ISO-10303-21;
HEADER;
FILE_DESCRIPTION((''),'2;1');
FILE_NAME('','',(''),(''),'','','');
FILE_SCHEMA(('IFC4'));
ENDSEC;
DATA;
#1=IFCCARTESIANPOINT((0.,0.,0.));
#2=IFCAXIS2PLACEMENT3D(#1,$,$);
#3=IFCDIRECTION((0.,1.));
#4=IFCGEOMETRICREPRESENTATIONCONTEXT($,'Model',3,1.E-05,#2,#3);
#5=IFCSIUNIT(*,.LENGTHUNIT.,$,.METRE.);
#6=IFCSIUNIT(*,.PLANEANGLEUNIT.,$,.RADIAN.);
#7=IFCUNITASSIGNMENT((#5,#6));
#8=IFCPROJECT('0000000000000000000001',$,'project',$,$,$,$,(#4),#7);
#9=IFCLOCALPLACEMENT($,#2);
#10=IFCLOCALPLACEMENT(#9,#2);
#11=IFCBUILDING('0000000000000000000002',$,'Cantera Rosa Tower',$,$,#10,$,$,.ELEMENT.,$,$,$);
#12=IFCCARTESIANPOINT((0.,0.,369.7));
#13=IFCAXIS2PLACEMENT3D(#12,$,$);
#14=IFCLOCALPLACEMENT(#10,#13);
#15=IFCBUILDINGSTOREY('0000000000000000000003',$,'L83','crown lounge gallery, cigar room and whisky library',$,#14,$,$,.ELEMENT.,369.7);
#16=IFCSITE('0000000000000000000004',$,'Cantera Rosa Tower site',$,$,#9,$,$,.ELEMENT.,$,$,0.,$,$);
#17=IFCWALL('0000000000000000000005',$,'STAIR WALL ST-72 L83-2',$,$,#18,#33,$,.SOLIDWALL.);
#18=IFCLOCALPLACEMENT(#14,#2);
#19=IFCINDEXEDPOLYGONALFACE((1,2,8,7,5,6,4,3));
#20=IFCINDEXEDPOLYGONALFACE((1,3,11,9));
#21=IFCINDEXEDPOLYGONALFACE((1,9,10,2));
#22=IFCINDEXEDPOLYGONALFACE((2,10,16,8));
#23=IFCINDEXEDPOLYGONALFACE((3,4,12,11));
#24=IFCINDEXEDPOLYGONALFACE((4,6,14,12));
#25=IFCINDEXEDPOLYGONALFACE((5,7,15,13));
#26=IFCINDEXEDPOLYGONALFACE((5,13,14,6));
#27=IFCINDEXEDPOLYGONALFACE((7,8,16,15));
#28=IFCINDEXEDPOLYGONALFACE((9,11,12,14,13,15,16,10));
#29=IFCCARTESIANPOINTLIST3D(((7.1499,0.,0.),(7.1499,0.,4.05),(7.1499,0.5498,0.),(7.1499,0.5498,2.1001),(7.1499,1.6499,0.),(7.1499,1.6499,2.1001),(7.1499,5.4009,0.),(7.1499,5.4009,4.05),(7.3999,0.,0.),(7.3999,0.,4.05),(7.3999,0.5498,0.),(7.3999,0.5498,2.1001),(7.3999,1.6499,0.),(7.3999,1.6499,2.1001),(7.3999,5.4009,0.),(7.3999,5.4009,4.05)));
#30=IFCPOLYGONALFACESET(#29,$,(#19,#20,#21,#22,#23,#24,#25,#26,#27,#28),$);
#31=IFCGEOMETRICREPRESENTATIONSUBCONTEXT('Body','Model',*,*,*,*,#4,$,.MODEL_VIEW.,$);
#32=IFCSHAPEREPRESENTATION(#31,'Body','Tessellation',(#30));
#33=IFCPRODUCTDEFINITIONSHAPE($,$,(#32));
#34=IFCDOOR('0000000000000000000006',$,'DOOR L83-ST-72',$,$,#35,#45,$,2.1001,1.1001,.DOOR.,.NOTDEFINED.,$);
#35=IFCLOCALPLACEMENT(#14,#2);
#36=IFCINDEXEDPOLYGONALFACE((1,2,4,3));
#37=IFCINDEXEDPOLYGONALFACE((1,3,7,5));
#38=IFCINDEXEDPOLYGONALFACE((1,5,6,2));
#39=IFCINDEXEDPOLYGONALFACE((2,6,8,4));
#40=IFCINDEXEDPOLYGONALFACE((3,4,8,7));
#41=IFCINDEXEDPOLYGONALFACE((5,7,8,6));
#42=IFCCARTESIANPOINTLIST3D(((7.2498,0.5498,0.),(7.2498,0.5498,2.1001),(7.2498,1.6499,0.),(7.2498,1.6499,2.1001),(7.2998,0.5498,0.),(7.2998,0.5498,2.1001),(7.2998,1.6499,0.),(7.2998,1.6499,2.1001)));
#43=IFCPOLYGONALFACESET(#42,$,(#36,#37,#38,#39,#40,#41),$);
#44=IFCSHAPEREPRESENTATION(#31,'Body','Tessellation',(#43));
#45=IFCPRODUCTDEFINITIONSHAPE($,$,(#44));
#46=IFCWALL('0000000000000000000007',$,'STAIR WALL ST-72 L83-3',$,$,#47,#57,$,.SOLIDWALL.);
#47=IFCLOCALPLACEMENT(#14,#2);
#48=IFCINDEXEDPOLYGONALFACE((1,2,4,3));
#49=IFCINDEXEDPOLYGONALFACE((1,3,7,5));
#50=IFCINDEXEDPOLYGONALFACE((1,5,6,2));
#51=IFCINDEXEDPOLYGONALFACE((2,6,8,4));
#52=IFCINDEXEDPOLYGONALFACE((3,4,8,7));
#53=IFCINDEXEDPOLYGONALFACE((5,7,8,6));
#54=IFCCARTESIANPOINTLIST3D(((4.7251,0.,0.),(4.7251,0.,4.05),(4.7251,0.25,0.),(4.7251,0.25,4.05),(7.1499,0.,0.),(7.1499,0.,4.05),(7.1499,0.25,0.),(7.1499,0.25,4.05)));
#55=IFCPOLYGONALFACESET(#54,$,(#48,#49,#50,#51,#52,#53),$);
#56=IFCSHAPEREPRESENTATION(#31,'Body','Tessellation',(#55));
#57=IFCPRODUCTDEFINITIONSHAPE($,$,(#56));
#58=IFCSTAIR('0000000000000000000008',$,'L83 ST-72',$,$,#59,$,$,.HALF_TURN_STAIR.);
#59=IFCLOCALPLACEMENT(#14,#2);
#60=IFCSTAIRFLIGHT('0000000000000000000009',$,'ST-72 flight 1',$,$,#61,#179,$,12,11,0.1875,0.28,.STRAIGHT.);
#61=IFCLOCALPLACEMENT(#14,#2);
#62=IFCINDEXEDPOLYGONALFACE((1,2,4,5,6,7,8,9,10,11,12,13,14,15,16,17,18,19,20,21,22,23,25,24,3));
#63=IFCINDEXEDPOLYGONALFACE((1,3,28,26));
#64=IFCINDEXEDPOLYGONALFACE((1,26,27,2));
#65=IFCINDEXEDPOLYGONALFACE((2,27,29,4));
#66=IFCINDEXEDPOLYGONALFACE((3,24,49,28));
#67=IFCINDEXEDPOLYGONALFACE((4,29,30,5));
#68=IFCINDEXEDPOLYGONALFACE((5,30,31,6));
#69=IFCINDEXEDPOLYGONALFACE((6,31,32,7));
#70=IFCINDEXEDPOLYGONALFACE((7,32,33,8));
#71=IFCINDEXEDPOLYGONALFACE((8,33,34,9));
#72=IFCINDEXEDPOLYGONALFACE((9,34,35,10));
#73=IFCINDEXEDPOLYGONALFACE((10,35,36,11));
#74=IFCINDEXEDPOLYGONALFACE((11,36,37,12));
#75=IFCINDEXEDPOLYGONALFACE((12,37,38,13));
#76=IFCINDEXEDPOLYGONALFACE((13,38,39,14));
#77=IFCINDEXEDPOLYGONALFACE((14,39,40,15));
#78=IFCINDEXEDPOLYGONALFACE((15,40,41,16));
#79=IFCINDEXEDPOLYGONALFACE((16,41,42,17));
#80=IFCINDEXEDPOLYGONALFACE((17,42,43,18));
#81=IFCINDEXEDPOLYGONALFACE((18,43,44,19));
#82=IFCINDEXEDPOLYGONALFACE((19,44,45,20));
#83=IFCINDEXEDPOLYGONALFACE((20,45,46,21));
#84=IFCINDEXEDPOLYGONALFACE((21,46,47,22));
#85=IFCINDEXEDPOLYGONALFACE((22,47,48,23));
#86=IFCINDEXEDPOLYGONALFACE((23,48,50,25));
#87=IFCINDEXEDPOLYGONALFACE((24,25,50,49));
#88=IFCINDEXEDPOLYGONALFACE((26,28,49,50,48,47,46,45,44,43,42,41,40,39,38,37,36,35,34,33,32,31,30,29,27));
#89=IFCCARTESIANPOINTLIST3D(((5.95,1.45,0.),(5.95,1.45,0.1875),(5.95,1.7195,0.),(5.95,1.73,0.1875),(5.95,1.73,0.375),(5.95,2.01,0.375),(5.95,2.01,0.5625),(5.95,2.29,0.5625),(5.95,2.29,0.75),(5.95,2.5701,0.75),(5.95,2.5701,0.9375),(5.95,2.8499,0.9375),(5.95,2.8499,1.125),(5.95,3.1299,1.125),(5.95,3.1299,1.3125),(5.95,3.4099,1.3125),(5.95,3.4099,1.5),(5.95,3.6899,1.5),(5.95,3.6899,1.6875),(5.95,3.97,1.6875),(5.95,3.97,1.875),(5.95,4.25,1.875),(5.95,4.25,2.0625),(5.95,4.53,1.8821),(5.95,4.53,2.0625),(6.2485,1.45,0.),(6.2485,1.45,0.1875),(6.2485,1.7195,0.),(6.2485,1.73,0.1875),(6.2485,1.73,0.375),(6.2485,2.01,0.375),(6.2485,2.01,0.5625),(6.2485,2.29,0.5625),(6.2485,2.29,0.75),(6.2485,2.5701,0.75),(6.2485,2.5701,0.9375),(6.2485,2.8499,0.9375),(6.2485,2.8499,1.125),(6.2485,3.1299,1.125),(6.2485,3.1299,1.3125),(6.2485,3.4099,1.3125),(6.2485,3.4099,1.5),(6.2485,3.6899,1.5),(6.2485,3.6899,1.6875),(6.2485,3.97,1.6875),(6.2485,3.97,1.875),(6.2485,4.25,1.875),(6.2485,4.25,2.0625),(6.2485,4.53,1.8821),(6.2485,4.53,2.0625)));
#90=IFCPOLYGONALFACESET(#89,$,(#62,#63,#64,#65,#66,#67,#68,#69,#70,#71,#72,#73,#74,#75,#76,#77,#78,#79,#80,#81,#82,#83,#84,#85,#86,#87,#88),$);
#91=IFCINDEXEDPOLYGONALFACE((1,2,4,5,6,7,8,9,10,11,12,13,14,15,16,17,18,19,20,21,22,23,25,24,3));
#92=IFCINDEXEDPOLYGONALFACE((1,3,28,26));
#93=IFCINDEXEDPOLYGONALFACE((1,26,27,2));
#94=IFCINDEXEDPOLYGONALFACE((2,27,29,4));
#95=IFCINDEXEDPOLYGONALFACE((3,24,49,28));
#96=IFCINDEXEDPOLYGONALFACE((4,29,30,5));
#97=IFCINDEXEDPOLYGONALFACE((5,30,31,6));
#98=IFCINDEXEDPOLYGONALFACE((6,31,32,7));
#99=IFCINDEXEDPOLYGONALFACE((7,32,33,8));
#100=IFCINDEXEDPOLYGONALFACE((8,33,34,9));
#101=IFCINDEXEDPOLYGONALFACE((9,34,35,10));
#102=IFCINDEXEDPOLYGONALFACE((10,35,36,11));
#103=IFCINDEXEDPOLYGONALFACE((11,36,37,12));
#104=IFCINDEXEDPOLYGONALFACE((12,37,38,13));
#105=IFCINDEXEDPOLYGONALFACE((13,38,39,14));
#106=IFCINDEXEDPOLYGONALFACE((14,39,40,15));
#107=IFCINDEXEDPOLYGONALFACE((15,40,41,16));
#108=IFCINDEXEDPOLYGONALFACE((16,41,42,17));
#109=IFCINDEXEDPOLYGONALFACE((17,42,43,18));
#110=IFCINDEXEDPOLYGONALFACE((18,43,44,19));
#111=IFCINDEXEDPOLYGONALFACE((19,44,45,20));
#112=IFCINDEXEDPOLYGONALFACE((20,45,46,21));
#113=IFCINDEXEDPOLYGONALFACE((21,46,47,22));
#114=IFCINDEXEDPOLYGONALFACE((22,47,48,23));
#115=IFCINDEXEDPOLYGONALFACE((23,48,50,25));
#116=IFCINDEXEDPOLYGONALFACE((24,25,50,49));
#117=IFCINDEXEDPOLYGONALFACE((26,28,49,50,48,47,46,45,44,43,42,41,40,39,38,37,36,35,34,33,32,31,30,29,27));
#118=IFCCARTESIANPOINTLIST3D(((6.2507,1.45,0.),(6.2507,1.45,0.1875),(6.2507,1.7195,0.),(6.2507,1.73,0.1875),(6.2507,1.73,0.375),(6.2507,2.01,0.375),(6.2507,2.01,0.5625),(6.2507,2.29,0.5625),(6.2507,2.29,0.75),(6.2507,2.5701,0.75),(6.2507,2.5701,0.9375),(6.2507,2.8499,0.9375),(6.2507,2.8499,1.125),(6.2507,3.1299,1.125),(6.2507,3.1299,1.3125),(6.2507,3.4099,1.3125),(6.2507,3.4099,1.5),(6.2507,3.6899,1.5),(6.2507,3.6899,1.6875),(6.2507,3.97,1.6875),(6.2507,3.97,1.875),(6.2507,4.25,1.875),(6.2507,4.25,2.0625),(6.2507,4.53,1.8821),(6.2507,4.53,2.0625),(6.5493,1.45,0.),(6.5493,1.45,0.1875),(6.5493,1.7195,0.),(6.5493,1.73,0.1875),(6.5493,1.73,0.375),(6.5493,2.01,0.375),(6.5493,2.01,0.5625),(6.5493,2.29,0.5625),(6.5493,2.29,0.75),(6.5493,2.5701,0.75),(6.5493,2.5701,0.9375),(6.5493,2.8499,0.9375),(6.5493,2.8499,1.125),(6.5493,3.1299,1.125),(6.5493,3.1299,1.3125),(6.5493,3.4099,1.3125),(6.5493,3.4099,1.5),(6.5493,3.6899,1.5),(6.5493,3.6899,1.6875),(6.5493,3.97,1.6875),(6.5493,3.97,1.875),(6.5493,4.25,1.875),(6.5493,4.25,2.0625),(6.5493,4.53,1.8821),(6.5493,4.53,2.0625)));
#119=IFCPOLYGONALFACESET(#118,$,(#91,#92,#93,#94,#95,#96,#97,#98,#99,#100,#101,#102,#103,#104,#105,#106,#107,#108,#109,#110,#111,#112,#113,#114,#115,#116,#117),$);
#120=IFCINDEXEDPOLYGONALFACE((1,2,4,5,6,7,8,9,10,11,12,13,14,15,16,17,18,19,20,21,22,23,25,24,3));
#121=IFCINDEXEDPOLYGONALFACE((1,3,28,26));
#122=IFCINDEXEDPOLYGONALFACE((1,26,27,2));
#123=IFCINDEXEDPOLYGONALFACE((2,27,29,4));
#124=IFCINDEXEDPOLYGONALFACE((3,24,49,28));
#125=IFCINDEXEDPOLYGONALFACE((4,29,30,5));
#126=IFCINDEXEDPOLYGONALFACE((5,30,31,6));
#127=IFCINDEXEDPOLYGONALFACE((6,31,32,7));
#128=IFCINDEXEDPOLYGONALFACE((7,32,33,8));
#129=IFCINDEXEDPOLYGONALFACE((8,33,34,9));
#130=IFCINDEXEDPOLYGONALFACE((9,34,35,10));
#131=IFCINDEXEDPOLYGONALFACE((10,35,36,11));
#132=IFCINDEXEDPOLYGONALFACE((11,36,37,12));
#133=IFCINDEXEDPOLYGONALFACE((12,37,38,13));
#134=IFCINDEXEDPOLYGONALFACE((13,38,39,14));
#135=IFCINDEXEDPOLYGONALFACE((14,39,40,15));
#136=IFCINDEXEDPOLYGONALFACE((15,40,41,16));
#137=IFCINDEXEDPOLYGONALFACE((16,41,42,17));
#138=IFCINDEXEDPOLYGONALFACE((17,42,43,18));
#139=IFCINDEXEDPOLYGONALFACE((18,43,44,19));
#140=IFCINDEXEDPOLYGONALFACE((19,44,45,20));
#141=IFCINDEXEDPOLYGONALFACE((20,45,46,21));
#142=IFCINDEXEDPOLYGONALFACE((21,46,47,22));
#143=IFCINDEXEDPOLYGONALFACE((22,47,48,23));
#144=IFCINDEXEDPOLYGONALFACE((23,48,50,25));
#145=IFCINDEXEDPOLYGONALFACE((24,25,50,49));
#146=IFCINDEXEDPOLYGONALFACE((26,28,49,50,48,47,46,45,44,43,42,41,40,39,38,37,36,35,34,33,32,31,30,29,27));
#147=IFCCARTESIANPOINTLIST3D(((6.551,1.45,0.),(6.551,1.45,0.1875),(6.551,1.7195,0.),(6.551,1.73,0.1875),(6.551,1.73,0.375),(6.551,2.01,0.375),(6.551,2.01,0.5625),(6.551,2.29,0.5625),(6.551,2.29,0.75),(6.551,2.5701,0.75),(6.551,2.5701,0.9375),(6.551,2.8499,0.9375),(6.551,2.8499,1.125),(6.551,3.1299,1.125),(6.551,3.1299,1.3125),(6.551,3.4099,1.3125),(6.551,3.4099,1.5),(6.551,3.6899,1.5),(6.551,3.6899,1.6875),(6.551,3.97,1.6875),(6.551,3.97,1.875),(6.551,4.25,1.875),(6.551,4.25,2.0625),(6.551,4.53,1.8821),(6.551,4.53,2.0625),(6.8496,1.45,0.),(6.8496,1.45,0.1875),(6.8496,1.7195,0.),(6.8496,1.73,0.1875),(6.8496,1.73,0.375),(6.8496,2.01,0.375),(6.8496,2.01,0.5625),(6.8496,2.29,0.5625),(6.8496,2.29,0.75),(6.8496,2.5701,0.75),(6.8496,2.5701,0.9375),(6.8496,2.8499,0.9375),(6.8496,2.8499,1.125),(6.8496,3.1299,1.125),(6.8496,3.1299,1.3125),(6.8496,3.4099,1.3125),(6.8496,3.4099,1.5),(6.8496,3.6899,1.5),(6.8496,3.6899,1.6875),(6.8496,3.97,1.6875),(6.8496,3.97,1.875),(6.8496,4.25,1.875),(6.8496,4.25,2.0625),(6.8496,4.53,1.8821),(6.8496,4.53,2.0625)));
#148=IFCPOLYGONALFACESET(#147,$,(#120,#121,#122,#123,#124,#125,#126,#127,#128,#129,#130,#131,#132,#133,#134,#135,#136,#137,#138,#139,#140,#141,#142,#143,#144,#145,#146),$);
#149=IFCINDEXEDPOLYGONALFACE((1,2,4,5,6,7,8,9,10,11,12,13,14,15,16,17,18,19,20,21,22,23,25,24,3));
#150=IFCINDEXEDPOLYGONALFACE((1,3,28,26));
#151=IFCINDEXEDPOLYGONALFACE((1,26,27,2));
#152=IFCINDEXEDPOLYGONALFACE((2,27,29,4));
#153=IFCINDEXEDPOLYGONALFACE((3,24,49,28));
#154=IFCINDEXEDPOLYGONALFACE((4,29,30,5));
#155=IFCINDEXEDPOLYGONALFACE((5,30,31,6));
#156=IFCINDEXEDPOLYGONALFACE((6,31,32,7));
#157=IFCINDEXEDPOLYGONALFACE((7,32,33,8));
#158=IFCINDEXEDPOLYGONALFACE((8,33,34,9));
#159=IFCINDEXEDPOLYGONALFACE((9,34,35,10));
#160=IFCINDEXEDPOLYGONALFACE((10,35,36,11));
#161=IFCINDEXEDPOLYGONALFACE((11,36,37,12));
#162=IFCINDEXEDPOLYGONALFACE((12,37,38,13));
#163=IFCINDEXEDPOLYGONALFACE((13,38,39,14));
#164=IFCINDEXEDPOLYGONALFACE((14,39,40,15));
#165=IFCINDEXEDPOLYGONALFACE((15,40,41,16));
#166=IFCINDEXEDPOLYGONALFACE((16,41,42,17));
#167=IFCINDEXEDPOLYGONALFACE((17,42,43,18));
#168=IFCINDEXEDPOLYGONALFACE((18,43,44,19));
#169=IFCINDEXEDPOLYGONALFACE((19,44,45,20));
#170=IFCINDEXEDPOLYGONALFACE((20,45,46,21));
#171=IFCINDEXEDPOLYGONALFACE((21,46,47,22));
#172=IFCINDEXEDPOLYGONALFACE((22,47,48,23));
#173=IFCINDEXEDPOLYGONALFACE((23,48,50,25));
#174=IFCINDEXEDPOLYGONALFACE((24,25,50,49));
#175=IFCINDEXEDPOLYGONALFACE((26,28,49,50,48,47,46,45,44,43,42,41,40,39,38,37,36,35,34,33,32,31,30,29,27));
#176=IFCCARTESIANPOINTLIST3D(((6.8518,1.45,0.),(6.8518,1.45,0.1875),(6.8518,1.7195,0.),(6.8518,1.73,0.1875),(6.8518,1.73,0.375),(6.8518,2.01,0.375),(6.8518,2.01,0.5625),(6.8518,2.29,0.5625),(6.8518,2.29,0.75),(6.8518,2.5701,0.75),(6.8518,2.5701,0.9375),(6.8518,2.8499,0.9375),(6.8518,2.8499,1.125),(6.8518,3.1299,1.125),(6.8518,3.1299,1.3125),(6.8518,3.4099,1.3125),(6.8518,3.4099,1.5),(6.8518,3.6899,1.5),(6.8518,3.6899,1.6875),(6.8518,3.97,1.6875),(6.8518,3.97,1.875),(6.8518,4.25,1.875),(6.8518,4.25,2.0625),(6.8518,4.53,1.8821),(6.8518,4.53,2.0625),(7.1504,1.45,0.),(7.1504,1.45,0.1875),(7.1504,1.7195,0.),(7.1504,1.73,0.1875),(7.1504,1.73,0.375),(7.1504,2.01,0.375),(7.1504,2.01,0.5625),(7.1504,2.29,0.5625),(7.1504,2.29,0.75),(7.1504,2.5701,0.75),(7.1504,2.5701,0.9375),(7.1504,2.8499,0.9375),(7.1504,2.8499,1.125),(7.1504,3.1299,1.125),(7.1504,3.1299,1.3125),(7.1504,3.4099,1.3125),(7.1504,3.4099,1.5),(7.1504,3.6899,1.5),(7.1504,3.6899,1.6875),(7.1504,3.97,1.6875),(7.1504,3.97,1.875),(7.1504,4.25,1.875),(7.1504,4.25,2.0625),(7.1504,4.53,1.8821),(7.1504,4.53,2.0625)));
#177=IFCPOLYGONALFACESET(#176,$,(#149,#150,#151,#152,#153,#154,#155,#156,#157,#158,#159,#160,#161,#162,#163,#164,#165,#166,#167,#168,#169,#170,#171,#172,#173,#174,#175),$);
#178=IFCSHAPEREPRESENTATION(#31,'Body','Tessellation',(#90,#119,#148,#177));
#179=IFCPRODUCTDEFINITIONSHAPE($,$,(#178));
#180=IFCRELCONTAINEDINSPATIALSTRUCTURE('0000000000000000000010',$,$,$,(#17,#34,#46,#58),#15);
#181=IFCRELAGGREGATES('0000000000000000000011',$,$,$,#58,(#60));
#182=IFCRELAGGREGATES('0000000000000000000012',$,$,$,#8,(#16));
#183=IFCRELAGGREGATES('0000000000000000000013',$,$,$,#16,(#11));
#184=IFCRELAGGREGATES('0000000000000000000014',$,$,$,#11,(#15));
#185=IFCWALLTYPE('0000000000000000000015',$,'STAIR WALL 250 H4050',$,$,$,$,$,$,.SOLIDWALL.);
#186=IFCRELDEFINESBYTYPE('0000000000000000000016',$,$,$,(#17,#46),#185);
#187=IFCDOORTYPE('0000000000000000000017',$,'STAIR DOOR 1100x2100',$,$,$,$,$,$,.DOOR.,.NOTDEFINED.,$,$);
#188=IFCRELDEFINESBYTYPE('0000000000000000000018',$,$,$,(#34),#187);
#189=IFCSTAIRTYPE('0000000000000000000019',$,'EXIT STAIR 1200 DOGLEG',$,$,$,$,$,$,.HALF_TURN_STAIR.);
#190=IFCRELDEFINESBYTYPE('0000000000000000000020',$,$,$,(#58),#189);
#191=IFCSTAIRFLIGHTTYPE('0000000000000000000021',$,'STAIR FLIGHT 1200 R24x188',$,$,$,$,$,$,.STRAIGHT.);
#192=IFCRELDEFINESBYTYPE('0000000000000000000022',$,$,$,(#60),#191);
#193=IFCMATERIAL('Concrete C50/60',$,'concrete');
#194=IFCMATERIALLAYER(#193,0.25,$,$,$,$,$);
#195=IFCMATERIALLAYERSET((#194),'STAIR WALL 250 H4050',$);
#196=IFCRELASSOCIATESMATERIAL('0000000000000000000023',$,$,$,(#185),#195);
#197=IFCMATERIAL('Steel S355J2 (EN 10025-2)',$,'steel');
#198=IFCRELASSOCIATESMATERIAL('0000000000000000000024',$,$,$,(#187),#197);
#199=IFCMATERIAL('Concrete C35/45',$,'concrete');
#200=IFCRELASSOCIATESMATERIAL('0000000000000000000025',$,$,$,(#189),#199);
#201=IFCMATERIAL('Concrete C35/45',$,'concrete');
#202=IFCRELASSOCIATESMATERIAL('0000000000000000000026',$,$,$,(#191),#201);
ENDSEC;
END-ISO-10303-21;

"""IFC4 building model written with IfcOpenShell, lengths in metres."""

from ifc_helpers import new_model, si_unit, direction, frame, frame_2d, origin, place, context, subcontext, project, spatial, polyline, rectangle, outline, extrude, material, layer, layer_set, type_object, element, fill, aggregate, save


model = new_model("IFC4")

# Units and contexts
model_context = context("Model", 3, precision=1e-05, world=origin(), true_north=direction((0.0, 1.0)))
body_context = subcontext(model_context, "Body", "Model", "MODEL_VIEW")
ifc_project = project(units=[si_unit("LENGTHUNIT", "METRE"), si_unit("PLANEANGLEUNIT", "RADIAN")], contexts=[model_context])

# Site, building, storey
site_placement = place(None, origin())
site = spatial("IfcSite", under=ifc_project, at=site_placement, Name="Cantera Rosa Tower site", CompositionType="ELEMENT", RefElevation=0.0)
building_placement = place(site_placement, origin())
building = spatial("IfcBuilding", under=site, at=building_placement, Name="Cantera Rosa Tower", CompositionType="ELEMENT")
storey_placement = place(building_placement, frame((0.0, 0.0, 369.7)))
storey = spatial("IfcBuildingStorey", under=building, at=storey_placement, Name="L83", Description="crown lounge gallery, cigar room and whisky library", CompositionType="ELEMENT", Elevation=369.7)

# Shared definitions
ifc_material_1 = material(Name="Concrete C50/60", Category="concrete")
ifc_layer_1 = layer(ifc_material_1, 0.25)
ifc_layer_set_1 = layer_set([ifc_layer_1], Name="STAIR WALL 250 H4050")
wall_type_1 = type_object("IfcWallType", Name="STAIR WALL 250 H4050", PredefinedType="SOLIDWALL", material=ifc_layer_set_1)

# Wall, opening, door
wall_1_placement = place(storey_placement, frame((7.2749, 5.4009, 0.0), z_axis=(0.0, 0.0, 1.0), x_axis=(0.0, -1.0, 0.0)))
wall_1 = element("IfcWall", 1, at=wall_1_placement, inside=storey, type_object=wall_type_1, Name="STAIR WALL ST-72 L83-2", PredefinedType="SOLIDWALL", context=body_context, shape_type="SweptSolid", body=[
    extrude(rectangle(XDim=5.4009, YDim=0.25, at=frame_2d((2.7004, 0.0))), origin(), (0.0, 0.0, 1.0), 4.05),
])
opening_1_placement = place(wall_1_placement, frame((3.751, 0.0, 0.0)))
opening_1 = element("IfcOpeningElement", 2, at=opening_1_placement, cuts=wall_1, PredefinedType="OPENING", context=body_context, shape_type="SweptSolid", body=[
    extrude(rectangle(XDim=1.1001, YDim=2.1001, at=frame_2d((0.55, 1.05))), frame((0.0, 0.135, 0.0), z_axis=(0.0, -1.0, 0.0), x_axis=(1.0, 0.0, 0.0)), (0.0, 0.0, 1.0), 0.27),
])
ifc_material_2 = material(Name="Steel S355J2 (EN 10025-2)", Category="steel")
door_type_1 = type_object("IfcDoorType", Name="STAIR DOOR 1100x2100", OperationType="NOTDEFINED", PredefinedType="DOOR", material=ifc_material_2)
door_1_placement = place(opening_1_placement, origin())
door_1 = element("IfcDoor", 3, at=door_1_placement, inside=storey, type_object=door_type_1, Name="DOOR L83-ST-72", OperationType="NOTDEFINED", OverallHeight=2.1001, OverallWidth=1.1001, PredefinedType="DOOR", context=body_context, shape_type="SweptSolid", body=[
    extrude(rectangle(XDim=1.1001, YDim=2.1001, at=frame_2d((0.55, 1.05))), frame((0.0, 0.0249, 0.0), z_axis=(0.0, -1.0, 0.0), x_axis=(1.0, 0.0, 0.0)), (0.0, 0.0, 1.0), 0.05),
])
fill(opening_1, door_1)

# Wall
wall_2_placement = place(storey_placement, frame((7.1499, 0.125, 0.0), z_axis=(0.0, 0.0, 1.0), x_axis=(-1.0, 0.0, 0.0)))
element("IfcWall", 4, at=wall_2_placement, inside=storey, type_object=wall_type_1, Name="STAIR WALL ST-72 L83-3", PredefinedType="SOLIDWALL", context=body_context, shape_type="SweptSolid", body=[
    extrude(rectangle(XDim=2.4248, YDim=0.25, at=frame_2d((1.2124, 0.0))), origin(), (0.0, 0.0, 1.0), 4.05),
])

# Stair, stair flight
ifc_material_3 = material(Name="Concrete C35/45", Category="concrete")
stair_type = type_object("IfcStairType", Name="EXIT STAIR 1200 DOGLEG", PredefinedType="HALF_TURN_STAIR", material=ifc_material_3)
stair_placement = place(storey_placement, origin())
stair = element("IfcStair", 5, at=stair_placement, inside=storey, type_object=stair_type, Name="L83 ST-72", PredefinedType="HALF_TURN_STAIR")
ifc_material_4 = material(Name="Concrete C35/45", Category="concrete")
stair_flight_type = type_object("IfcStairFlightType", Name="STAIR FLIGHT 1200 R24x188", PredefinedType="STRAIGHT", material=ifc_material_4)
stair_flight_1_placement = place(storey_placement, frame((6.55, 1.45, 0.0), z_axis=(0.0, 0.0, 1.0), x_axis=(0.0, 1.0, 0.0)))
stair_flight_1 = element("IfcStairFlight", 6, at=stair_flight_1_placement, type_object=stair_flight_type, Name="ST-72 flight 1", NumberOfRisers=12, NumberOfTreads=11, PredefinedType="STRAIGHT", RiserHeight=0.1875, TreadLength=0.28, context=body_context, shape_type="SweptSolid", body=[
    extrude(outline(polyline([(0.0, 0.0), (0.0, 0.1875), (0.28, 0.1875), (0.28, 0.375), (0.5601, 0.375), (0.5601, 0.5625), (0.8401, 0.5625), (0.8401, 0.75), (1.1201, 0.75), (1.1201, 0.9375), (1.3999, 0.9375), (1.3999, 1.125), (1.6799, 1.125), (1.6799, 1.3125), (1.96, 1.3125), (1.96, 1.5), (2.24, 1.5), (2.24, 1.6875), (2.52, 1.6875), (2.52, 1.875), (2.8, 1.875), (2.8, 2.0625), (3.0801, 2.0625), (3.0801, 2.25), (3.0801, 1.8821), (0.2695, 0.0), (0.0, 0.0)])), frame((0.0, 0.6001, 0.0), z_axis=(0.0, -1.0, 0.0), x_axis=(1.0, 0.0, 0.0)), (0.0, 0.0, 1.0), 0.2986),
    extrude(outline(polyline([(0.0, 0.0), (0.0, 0.1875), (0.28, 0.1875), (0.28, 0.375), (0.5601, 0.375), (0.5601, 0.5625), (0.8401, 0.5625), (0.8401, 0.75), (1.1201, 0.75), (1.1201, 0.9375), (1.3999, 0.9375), (1.3999, 1.125), (1.6799, 1.125), (1.6799, 1.3125), (1.96, 1.3125), (1.96, 1.5), (2.24, 1.5), (2.24, 1.6875), (2.52, 1.6875), (2.52, 1.875), (2.8, 1.875), (2.8, 2.0625), (3.0801, 2.0625), (3.0801, 2.25), (3.0801, 1.8821), (0.2695, 0.0), (0.0, 0.0)])), frame((0.0, 0.2993, 0.0), z_axis=(0.0, -1.0, 0.0), x_axis=(1.0, 0.0, 0.0)), (0.0, 0.0, 1.0), 0.2986),
    extrude(outline(polyline([(0.0, 0.0), (0.0, 0.1875), (0.28, 0.1875), (0.28, 0.375), (0.5601, 0.375), (0.5601, 0.5625), (0.8401, 0.5625), (0.8401, 0.75), (1.1201, 0.75), (1.1201, 0.9375), (1.3999, 0.9375), (1.3999, 1.125), (1.6799, 1.125), (1.6799, 1.3125), (1.96, 1.3125), (1.96, 1.5), (2.24, 1.5), (2.24, 1.6875), (2.52, 1.6875), (2.52, 1.875), (2.8, 1.875), (2.8, 2.0625), (3.0801, 2.0625), (3.0801, 2.25), (3.0801, 1.8821), (0.2695, 0.0), (0.0, 0.0)])), frame((0.0, -0.001, 0.0), z_axis=(0.0, -1.0, 0.0), x_axis=(1.0, 0.0, 0.0)), (0.0, 0.0, 1.0), 0.2986),
    extrude(outline(polyline([(0.0, 0.0), (0.0, 0.1875), (0.28, 0.1875), (0.28, 0.375), (0.5601, 0.375), (0.5601, 0.5625), (0.8401, 0.5625), (0.8401, 0.75), (1.1201, 0.75), (1.1201, 0.9375), (1.3999, 0.9375), (1.3999, 1.125), (1.6799, 1.125), (1.6799, 1.3125), (1.96, 1.3125), (1.96, 1.5), (2.24, 1.5), (2.24, 1.6875), (2.52, 1.6875), (2.52, 1.875), (2.8, 1.875), (2.8, 2.0625), (3.0801, 2.0625), (3.0801, 2.25), (3.0801, 1.8821), (0.2695, 0.0), (0.0, 0.0)])), frame((0.0, -0.3018, 0.0), z_axis=(0.0, -1.0, 0.0), x_axis=(1.0, 0.0, 0.0)), (0.0, 0.0, 1.0), 0.2986),
])
aggregate(stair, [stair_flight_1])

save(model, "model.ifc")
